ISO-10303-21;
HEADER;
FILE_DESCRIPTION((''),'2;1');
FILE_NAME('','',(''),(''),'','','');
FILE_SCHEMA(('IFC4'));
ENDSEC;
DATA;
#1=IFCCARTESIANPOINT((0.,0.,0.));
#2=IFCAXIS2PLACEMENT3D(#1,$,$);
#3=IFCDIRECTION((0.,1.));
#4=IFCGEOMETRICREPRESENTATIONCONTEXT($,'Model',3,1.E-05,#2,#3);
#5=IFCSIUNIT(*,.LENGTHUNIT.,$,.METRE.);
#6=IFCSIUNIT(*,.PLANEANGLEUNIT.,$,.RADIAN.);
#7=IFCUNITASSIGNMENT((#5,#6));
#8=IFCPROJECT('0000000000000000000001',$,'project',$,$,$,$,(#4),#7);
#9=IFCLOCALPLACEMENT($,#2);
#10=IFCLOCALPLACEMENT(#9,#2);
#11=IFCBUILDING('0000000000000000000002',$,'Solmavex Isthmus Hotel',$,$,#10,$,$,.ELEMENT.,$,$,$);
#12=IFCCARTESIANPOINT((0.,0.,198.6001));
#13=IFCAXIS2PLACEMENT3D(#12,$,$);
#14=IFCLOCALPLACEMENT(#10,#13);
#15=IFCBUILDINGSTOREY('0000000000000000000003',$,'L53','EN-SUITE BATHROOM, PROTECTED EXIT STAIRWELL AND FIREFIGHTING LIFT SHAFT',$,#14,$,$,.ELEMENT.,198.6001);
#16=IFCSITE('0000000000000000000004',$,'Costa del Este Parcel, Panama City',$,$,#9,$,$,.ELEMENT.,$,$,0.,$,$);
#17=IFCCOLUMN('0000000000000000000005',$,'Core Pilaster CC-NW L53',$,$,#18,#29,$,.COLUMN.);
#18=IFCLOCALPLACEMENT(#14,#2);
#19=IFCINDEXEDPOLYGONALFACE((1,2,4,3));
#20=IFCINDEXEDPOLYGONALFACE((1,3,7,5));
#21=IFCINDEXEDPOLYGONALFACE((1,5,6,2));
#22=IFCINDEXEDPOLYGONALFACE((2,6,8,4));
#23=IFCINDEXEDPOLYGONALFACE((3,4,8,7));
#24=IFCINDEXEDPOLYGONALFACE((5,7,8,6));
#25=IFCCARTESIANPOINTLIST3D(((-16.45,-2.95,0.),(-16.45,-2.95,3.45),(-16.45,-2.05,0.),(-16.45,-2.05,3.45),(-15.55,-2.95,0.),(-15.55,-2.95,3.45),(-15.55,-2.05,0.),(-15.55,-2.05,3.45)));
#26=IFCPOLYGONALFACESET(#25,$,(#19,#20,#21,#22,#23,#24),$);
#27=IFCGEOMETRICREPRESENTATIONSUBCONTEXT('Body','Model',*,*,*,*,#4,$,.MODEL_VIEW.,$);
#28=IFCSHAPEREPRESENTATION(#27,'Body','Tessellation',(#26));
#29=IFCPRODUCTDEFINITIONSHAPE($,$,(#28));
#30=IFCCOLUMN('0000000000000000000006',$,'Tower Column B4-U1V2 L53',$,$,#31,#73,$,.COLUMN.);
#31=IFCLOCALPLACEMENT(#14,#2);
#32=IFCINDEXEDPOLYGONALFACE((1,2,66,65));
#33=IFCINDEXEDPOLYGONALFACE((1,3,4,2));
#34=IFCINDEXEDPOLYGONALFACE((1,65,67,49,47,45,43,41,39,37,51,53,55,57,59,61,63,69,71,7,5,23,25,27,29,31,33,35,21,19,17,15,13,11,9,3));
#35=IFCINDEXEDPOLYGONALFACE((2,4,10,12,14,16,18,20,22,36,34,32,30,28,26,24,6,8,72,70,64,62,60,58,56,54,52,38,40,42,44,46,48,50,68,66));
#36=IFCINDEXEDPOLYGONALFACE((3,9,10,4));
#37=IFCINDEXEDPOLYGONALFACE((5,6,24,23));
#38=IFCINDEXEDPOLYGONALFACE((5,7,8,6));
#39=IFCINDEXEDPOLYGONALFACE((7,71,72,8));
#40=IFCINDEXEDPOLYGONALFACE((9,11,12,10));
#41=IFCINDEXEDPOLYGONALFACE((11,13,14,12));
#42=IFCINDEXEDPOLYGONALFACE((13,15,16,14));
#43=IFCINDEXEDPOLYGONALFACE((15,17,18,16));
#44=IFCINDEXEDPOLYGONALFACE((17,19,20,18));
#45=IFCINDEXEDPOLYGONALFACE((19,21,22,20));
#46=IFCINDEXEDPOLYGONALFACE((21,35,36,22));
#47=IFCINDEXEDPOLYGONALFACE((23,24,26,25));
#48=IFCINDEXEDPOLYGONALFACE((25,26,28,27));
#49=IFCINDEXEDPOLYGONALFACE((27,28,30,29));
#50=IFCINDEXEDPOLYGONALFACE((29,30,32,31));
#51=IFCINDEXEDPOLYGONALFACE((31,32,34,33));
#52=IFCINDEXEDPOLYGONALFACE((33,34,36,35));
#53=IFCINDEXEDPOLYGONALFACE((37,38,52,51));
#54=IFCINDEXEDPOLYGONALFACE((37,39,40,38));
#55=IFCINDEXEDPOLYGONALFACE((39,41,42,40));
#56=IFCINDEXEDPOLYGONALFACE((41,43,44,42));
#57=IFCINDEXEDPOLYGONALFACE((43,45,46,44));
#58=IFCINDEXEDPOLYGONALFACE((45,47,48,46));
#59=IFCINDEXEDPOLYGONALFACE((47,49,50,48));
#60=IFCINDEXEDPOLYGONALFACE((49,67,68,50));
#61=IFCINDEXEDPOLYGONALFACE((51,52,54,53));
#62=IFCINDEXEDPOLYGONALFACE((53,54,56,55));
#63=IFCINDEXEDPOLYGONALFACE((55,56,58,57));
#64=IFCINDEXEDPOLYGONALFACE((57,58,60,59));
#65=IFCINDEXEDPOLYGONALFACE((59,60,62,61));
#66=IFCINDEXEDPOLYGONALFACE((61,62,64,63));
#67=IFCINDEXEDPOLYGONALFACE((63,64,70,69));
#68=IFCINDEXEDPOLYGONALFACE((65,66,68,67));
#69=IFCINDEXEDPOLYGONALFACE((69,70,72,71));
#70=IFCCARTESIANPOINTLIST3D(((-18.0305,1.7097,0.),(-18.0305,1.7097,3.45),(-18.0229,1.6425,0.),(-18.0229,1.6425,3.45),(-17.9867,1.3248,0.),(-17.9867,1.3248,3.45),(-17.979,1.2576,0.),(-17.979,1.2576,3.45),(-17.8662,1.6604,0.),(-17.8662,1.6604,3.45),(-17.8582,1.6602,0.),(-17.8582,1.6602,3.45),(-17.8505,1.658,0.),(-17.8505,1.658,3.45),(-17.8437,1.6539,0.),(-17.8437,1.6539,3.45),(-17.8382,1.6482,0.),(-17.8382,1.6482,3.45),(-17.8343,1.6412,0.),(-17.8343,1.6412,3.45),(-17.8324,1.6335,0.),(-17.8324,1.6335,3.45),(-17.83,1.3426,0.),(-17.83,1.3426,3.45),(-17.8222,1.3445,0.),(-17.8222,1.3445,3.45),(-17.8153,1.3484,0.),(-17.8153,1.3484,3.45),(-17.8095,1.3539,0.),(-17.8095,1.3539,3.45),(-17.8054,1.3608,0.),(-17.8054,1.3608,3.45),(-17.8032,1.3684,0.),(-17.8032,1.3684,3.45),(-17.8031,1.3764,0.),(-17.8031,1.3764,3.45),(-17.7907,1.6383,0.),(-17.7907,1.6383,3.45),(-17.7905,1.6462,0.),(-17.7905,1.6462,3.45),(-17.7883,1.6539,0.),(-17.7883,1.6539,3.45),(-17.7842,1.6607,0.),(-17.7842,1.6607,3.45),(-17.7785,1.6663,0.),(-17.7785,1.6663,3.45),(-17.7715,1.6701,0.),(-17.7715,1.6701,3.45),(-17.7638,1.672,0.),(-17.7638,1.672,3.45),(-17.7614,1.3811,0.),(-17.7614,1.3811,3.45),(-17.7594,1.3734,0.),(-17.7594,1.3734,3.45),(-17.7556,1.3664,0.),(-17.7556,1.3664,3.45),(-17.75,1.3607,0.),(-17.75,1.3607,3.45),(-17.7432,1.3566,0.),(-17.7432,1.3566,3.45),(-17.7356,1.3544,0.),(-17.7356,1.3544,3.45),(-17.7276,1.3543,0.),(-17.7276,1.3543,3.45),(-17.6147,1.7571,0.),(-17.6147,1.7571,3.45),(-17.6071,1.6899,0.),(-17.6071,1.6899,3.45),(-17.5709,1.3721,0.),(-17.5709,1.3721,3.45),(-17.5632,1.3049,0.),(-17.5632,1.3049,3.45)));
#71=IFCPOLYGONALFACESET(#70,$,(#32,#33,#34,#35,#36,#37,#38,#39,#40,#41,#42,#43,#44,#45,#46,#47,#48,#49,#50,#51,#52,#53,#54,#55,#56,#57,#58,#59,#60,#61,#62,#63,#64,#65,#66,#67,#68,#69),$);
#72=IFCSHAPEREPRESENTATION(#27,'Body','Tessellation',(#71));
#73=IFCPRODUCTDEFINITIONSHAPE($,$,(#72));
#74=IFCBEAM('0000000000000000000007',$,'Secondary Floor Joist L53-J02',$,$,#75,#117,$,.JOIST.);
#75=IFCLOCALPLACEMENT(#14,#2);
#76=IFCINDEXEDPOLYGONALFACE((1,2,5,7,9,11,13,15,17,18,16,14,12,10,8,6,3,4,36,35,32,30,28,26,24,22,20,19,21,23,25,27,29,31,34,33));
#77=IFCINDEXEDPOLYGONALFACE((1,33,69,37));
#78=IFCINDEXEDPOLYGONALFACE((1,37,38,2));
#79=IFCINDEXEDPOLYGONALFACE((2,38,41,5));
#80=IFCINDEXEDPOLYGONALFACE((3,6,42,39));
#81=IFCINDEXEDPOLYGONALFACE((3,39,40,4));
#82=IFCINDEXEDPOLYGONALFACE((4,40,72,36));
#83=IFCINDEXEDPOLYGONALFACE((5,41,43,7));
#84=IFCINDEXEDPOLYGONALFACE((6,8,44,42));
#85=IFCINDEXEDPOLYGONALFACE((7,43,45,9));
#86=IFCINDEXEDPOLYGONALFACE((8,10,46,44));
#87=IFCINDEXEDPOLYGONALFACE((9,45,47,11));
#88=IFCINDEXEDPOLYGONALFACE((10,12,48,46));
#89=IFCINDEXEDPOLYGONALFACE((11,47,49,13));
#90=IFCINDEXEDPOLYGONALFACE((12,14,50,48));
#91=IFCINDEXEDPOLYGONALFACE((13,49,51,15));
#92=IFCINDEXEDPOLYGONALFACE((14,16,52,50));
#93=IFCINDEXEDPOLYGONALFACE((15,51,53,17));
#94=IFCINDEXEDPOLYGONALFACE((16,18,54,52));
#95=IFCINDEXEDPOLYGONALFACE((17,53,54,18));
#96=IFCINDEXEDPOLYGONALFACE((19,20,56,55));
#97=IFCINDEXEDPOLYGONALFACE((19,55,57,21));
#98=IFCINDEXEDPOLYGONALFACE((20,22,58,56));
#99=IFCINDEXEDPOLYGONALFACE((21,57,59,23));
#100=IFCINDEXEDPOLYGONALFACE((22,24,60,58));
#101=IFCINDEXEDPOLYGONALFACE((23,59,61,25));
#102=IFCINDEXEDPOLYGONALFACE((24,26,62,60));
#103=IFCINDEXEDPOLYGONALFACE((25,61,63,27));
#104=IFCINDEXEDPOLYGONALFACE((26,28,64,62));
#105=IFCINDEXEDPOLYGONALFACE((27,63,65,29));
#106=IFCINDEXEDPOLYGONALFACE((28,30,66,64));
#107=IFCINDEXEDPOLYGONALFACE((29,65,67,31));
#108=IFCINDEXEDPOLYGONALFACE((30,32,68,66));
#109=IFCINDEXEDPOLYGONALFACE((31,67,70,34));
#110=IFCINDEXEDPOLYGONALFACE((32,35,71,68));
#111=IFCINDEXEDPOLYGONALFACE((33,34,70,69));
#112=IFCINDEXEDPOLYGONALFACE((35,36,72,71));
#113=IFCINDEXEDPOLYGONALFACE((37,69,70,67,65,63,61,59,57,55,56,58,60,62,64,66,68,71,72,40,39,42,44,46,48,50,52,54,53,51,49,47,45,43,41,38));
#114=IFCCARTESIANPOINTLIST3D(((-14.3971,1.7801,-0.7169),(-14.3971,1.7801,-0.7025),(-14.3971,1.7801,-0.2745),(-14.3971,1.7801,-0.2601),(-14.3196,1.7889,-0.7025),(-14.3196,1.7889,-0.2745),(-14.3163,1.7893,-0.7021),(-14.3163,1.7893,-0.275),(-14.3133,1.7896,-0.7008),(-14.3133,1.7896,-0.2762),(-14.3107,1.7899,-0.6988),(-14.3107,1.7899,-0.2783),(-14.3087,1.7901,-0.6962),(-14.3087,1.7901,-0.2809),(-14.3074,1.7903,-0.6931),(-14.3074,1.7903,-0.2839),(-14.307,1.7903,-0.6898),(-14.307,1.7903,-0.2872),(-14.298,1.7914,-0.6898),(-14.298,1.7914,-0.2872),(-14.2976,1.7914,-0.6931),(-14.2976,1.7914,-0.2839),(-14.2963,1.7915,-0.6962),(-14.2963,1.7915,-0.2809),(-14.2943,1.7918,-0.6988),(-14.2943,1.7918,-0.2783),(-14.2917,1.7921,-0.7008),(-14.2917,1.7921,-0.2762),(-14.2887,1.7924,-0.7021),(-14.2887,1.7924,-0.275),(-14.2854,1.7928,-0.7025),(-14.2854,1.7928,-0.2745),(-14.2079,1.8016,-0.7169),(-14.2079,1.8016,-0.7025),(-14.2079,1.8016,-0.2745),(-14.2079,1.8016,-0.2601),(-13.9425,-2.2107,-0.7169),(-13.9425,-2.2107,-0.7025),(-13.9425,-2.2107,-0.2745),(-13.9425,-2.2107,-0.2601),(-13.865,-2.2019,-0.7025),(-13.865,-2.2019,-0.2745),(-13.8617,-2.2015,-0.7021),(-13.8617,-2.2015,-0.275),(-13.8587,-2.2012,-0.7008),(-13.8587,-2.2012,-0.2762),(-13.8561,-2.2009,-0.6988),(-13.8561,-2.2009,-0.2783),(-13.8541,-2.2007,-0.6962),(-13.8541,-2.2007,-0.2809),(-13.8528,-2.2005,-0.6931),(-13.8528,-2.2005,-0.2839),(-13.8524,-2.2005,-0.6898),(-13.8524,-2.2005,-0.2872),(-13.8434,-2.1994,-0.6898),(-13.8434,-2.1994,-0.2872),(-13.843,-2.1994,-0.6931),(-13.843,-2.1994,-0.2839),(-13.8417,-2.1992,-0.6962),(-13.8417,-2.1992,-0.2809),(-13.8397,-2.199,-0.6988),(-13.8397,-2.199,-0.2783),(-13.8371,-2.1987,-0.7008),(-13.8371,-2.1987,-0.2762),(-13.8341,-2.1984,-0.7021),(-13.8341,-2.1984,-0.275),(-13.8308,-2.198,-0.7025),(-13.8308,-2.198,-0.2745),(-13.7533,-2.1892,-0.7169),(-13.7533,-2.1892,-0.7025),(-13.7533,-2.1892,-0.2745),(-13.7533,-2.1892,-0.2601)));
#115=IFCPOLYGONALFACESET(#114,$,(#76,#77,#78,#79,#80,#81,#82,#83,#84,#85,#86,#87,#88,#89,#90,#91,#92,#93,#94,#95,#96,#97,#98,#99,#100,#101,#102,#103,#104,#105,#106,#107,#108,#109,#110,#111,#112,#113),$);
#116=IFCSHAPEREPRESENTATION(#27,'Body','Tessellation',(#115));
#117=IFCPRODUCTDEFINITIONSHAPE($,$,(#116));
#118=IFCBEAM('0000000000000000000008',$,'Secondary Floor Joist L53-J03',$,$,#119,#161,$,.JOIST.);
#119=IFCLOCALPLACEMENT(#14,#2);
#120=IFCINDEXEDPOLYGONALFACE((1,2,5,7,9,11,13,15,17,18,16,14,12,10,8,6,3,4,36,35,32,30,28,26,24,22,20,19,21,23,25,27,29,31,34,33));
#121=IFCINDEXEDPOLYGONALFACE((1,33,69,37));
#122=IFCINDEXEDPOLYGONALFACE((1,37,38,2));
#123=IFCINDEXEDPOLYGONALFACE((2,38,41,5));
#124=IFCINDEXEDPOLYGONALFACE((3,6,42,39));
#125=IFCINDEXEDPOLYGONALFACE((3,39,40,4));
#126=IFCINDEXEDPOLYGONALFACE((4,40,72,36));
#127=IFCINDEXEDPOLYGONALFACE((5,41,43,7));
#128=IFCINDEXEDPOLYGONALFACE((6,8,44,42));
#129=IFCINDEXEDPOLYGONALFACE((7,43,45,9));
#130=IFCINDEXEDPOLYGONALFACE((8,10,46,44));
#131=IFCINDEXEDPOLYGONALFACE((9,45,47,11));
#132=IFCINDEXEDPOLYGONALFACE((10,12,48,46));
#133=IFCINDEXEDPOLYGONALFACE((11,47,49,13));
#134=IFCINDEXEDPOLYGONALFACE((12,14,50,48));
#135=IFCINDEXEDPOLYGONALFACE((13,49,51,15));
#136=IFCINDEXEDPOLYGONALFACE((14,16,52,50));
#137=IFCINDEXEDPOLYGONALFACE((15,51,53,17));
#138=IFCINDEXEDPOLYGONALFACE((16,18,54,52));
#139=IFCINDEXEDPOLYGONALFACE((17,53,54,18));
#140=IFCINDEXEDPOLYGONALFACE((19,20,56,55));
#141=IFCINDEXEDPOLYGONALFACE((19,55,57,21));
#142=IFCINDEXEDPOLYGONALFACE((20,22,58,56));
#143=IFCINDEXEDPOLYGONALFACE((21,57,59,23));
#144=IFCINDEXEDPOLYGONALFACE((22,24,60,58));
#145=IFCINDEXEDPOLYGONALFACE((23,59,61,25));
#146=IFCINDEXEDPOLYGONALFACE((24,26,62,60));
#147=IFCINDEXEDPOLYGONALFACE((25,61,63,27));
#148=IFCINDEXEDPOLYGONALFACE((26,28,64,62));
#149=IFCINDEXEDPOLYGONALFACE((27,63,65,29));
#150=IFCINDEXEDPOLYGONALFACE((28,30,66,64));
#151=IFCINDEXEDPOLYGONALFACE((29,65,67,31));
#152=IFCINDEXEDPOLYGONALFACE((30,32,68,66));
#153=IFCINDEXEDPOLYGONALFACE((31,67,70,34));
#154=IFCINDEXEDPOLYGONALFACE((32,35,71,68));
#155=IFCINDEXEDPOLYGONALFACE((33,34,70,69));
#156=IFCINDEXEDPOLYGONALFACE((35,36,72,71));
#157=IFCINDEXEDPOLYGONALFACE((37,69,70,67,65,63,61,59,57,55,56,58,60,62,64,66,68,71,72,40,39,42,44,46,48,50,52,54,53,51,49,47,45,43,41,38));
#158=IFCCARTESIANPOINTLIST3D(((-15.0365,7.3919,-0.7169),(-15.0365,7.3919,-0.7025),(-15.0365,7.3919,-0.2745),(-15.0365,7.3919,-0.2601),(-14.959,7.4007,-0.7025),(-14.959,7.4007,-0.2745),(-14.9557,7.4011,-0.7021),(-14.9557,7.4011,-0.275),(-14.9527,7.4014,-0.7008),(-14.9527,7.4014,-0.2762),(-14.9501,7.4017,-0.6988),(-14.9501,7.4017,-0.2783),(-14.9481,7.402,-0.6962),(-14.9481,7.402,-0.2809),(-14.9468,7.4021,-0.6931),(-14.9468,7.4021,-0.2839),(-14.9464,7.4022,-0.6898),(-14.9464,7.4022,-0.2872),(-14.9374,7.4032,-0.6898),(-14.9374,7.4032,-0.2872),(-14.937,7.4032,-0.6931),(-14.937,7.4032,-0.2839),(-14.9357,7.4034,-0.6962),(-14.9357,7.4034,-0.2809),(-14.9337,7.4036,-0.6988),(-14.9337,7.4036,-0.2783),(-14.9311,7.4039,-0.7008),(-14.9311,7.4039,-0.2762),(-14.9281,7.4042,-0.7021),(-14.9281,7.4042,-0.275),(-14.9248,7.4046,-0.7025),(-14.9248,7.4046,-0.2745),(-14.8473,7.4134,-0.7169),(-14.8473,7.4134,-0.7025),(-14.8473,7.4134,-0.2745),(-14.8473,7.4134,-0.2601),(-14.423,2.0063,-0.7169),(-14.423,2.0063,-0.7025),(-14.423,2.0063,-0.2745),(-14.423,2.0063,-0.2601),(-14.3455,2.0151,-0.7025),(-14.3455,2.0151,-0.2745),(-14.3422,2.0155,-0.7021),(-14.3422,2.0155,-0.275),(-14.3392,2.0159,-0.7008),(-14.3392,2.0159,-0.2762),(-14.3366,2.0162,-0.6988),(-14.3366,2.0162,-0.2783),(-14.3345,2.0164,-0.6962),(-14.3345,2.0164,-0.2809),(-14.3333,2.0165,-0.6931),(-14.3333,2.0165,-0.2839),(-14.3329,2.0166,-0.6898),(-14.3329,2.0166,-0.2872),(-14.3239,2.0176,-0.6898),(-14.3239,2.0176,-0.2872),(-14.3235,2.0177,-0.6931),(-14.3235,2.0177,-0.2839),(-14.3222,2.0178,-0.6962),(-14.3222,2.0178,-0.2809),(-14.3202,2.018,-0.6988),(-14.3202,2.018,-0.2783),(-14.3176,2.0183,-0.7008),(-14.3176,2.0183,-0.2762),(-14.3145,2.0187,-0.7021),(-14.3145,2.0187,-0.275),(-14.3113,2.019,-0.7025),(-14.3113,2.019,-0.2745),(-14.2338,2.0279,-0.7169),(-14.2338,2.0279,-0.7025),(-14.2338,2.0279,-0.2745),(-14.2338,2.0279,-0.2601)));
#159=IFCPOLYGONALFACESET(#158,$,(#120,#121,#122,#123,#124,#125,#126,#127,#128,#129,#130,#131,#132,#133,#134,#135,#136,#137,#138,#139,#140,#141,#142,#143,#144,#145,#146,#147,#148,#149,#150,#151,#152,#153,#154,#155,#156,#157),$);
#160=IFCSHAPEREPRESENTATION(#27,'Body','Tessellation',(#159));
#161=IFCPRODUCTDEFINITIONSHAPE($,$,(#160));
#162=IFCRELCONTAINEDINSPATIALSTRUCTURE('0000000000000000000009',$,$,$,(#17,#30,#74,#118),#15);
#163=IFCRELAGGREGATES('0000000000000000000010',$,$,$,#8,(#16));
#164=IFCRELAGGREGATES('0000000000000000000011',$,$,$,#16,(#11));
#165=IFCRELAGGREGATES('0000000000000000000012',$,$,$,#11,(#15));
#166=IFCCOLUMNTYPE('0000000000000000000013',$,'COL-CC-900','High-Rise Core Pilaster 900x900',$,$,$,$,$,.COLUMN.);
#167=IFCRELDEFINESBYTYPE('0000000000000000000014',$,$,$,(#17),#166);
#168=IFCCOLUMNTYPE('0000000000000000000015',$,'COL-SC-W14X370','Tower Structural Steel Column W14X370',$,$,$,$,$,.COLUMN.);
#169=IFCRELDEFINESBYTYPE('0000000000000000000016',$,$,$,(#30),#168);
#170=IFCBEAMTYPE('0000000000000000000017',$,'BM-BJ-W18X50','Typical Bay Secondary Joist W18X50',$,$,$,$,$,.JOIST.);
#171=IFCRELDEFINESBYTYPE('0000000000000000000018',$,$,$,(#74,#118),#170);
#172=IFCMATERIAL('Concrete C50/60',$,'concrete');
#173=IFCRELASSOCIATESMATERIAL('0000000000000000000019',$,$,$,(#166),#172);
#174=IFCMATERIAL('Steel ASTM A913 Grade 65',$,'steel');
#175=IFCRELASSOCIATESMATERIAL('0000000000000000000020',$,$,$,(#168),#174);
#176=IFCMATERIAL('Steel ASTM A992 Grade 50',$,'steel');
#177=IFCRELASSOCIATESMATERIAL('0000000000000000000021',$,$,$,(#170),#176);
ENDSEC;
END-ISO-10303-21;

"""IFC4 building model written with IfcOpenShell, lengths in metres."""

from ifc_helpers import new_model, si_unit, direction, frame, origin, origin_2d, place, context, subcontext, project, spatial, rectangle, i_section, extrude, material, material_profile, profile_set, type_object, element, save


model = new_model("IFC4")

# Units and contexts
model_context = context("Model", 3, precision=1e-05, world=origin(), true_north=direction((0.0, 1.0)))
body_context = subcontext(model_context, "Body", "Model", "MODEL_VIEW")
ifc_project = project(units=[si_unit("LENGTHUNIT", "METRE"), si_unit("PLANEANGLEUNIT", "RADIAN")], contexts=[model_context])

# Site, building, storey
site_placement = place(None, origin())
site = spatial("IfcSite", under=ifc_project, at=site_placement, Name="Costa del Este Parcel, Panama City", CompositionType="ELEMENT", RefElevation=0.0)
building_placement = place(site_placement, origin())
building = spatial("IfcBuilding", under=site, at=building_placement, Name="Solmavex Isthmus Hotel", CompositionType="ELEMENT")
storey_placement = place(building_placement, frame((0.0, 0.0, 198.6001)))
storey = spatial("IfcBuildingStorey", under=building, at=storey_placement, Name="L53", Description="EN-SUITE BATHROOM, PROTECTED EXIT STAIRWELL AND FIREFIGHTING LIFT SHAFT", CompositionType="ELEMENT", Elevation=198.6001)

# Columns
ifc_material_1 = material(Name="Concrete C50/60", Category="concrete")
ifc_material_profile_1 = material_profile(ifc_material_1, rectangle(XDim=0.8999, YDim=0.8999, at=origin_2d()), Name="RC900X900")
ifc_profile_set_1 = profile_set([ifc_material_profile_1], Name="Concrete C50/60")
column_type_1 = type_object("IfcColumnType", Name="COL-CC-900", Description="High-Rise Core Pilaster 900x900", PredefinedType="COLUMN", material=ifc_profile_set_1)
column_1_placement = place(storey_placement, frame((-16.0, -2.5, 0.0), z_axis=(0.0, 0.0, 1.0), x_axis=(1.0, 0.0, 0.0)))
element("IfcColumn", 1, at=column_1_placement, inside=storey, type_object=column_type_1, Name="Core Pilaster CC-NW L53", PredefinedType="COLUMN", context=body_context, shape_type="SweptSolid", body=[
    extrude(rectangle(XDim=0.8999, YDim=0.8999, at=origin_2d()), origin(), (0.0, 0.0, 1.0), 3.45),
])
ifc_material_2 = material(Name="Steel ASTM A913 Grade 65", Category="steel")
ifc_material_profile_2 = material_profile(ifc_material_2, i_section(OverallWidth=0.4185, OverallDepth=0.4551, WebThickness=0.042, FlangeThickness=0.0676, FilletRadius=0.0305, at=origin_2d()), Name="W14X370")
ifc_profile_set_2 = profile_set([ifc_material_profile_2], Name="Steel ASTM A913 Grade 65")
column_type_2 = type_object("IfcColumnType", Name="COL-SC-W14X370", Description="Tower Structural Steel Column W14X370", PredefinedType="COLUMN", material=ifc_profile_set_2)
column_2_placement = place(storey_placement, frame((-17.7969, 1.5073, 0.0), z_axis=(0.0, 0.0, 1.0), x_axis=(0.993572, 0.113203, 0.0)))
element("IfcColumn", 2, at=column_2_placement, inside=storey, type_object=column_type_2, Name="Tower Column B4-U1V2 L53", PredefinedType="COLUMN", context=body_context, shape_type="SweptSolid", body=[
    extrude(i_section(OverallWidth=0.4185, OverallDepth=0.4551, WebThickness=0.042, FlangeThickness=0.0676, FilletRadius=0.0305, at=origin_2d()), origin(), (0.0, 0.0, 1.0), 3.45),
])

# Beams
ifc_material_3 = material(Name="Steel ASTM A992 Grade 50", Category="steel")
ifc_material_profile_3 = material_profile(ifc_material_3, i_section(OverallWidth=0.1904, OverallDepth=0.4568, WebThickness=0.009, FlangeThickness=0.0144, FilletRadius=0.0127, at=origin_2d()), Name="W18X50")
ifc_profile_set_3 = profile_set([ifc_material_profile_3], Name="Steel ASTM A992 Grade 50")
beam_type_1 = type_object("IfcBeamType", Name="BM-BJ-W18X50", Description="Typical Bay Secondary Joist W18X50", PredefinedType="JOIST", material=ifc_profile_set_3)
beam_1_placement = place(storey_placement, frame((-13.8479, -2.2, -0.4885), z_axis=(-0.11318, 0.993575, 0.0), x_axis=(-0.993575, -0.11318, 0.0)))
element("IfcBeam", 3, at=beam_1_placement, inside=storey, type_object=beam_type_1, Name="Secondary Floor Joist L53-J02", PredefinedType="JOIST", context=body_context, shape_type="SweptSolid", body=[
    extrude(i_section(OverallWidth=0.1904, OverallDepth=0.4568, WebThickness=0.009, FlangeThickness=0.0144, FilletRadius=0.0127, at=origin_2d()), origin(), (0.0, 0.0, 1.0), 4.0166),
])
beam_2_placement = place(storey_placement, frame((-14.3284, 2.0171, -0.4885), z_axis=(-0.11319, 0.993573, 0.0), x_axis=(-0.993573, -0.11319, 0.0)))
element("IfcBeam", 4, at=beam_2_placement, inside=storey, type_object=beam_type_1, Name="Secondary Floor Joist L53-J03", PredefinedType="JOIST", context=body_context, shape_type="SweptSolid", body=[
    extrude(i_section(OverallWidth=0.1904, OverallDepth=0.4568, WebThickness=0.009, FlangeThickness=0.0144, FilletRadius=0.0127, at=origin_2d()), origin(), (0.0, 0.0, 1.0), 5.4204),
])

save(model, "model.ifc")
